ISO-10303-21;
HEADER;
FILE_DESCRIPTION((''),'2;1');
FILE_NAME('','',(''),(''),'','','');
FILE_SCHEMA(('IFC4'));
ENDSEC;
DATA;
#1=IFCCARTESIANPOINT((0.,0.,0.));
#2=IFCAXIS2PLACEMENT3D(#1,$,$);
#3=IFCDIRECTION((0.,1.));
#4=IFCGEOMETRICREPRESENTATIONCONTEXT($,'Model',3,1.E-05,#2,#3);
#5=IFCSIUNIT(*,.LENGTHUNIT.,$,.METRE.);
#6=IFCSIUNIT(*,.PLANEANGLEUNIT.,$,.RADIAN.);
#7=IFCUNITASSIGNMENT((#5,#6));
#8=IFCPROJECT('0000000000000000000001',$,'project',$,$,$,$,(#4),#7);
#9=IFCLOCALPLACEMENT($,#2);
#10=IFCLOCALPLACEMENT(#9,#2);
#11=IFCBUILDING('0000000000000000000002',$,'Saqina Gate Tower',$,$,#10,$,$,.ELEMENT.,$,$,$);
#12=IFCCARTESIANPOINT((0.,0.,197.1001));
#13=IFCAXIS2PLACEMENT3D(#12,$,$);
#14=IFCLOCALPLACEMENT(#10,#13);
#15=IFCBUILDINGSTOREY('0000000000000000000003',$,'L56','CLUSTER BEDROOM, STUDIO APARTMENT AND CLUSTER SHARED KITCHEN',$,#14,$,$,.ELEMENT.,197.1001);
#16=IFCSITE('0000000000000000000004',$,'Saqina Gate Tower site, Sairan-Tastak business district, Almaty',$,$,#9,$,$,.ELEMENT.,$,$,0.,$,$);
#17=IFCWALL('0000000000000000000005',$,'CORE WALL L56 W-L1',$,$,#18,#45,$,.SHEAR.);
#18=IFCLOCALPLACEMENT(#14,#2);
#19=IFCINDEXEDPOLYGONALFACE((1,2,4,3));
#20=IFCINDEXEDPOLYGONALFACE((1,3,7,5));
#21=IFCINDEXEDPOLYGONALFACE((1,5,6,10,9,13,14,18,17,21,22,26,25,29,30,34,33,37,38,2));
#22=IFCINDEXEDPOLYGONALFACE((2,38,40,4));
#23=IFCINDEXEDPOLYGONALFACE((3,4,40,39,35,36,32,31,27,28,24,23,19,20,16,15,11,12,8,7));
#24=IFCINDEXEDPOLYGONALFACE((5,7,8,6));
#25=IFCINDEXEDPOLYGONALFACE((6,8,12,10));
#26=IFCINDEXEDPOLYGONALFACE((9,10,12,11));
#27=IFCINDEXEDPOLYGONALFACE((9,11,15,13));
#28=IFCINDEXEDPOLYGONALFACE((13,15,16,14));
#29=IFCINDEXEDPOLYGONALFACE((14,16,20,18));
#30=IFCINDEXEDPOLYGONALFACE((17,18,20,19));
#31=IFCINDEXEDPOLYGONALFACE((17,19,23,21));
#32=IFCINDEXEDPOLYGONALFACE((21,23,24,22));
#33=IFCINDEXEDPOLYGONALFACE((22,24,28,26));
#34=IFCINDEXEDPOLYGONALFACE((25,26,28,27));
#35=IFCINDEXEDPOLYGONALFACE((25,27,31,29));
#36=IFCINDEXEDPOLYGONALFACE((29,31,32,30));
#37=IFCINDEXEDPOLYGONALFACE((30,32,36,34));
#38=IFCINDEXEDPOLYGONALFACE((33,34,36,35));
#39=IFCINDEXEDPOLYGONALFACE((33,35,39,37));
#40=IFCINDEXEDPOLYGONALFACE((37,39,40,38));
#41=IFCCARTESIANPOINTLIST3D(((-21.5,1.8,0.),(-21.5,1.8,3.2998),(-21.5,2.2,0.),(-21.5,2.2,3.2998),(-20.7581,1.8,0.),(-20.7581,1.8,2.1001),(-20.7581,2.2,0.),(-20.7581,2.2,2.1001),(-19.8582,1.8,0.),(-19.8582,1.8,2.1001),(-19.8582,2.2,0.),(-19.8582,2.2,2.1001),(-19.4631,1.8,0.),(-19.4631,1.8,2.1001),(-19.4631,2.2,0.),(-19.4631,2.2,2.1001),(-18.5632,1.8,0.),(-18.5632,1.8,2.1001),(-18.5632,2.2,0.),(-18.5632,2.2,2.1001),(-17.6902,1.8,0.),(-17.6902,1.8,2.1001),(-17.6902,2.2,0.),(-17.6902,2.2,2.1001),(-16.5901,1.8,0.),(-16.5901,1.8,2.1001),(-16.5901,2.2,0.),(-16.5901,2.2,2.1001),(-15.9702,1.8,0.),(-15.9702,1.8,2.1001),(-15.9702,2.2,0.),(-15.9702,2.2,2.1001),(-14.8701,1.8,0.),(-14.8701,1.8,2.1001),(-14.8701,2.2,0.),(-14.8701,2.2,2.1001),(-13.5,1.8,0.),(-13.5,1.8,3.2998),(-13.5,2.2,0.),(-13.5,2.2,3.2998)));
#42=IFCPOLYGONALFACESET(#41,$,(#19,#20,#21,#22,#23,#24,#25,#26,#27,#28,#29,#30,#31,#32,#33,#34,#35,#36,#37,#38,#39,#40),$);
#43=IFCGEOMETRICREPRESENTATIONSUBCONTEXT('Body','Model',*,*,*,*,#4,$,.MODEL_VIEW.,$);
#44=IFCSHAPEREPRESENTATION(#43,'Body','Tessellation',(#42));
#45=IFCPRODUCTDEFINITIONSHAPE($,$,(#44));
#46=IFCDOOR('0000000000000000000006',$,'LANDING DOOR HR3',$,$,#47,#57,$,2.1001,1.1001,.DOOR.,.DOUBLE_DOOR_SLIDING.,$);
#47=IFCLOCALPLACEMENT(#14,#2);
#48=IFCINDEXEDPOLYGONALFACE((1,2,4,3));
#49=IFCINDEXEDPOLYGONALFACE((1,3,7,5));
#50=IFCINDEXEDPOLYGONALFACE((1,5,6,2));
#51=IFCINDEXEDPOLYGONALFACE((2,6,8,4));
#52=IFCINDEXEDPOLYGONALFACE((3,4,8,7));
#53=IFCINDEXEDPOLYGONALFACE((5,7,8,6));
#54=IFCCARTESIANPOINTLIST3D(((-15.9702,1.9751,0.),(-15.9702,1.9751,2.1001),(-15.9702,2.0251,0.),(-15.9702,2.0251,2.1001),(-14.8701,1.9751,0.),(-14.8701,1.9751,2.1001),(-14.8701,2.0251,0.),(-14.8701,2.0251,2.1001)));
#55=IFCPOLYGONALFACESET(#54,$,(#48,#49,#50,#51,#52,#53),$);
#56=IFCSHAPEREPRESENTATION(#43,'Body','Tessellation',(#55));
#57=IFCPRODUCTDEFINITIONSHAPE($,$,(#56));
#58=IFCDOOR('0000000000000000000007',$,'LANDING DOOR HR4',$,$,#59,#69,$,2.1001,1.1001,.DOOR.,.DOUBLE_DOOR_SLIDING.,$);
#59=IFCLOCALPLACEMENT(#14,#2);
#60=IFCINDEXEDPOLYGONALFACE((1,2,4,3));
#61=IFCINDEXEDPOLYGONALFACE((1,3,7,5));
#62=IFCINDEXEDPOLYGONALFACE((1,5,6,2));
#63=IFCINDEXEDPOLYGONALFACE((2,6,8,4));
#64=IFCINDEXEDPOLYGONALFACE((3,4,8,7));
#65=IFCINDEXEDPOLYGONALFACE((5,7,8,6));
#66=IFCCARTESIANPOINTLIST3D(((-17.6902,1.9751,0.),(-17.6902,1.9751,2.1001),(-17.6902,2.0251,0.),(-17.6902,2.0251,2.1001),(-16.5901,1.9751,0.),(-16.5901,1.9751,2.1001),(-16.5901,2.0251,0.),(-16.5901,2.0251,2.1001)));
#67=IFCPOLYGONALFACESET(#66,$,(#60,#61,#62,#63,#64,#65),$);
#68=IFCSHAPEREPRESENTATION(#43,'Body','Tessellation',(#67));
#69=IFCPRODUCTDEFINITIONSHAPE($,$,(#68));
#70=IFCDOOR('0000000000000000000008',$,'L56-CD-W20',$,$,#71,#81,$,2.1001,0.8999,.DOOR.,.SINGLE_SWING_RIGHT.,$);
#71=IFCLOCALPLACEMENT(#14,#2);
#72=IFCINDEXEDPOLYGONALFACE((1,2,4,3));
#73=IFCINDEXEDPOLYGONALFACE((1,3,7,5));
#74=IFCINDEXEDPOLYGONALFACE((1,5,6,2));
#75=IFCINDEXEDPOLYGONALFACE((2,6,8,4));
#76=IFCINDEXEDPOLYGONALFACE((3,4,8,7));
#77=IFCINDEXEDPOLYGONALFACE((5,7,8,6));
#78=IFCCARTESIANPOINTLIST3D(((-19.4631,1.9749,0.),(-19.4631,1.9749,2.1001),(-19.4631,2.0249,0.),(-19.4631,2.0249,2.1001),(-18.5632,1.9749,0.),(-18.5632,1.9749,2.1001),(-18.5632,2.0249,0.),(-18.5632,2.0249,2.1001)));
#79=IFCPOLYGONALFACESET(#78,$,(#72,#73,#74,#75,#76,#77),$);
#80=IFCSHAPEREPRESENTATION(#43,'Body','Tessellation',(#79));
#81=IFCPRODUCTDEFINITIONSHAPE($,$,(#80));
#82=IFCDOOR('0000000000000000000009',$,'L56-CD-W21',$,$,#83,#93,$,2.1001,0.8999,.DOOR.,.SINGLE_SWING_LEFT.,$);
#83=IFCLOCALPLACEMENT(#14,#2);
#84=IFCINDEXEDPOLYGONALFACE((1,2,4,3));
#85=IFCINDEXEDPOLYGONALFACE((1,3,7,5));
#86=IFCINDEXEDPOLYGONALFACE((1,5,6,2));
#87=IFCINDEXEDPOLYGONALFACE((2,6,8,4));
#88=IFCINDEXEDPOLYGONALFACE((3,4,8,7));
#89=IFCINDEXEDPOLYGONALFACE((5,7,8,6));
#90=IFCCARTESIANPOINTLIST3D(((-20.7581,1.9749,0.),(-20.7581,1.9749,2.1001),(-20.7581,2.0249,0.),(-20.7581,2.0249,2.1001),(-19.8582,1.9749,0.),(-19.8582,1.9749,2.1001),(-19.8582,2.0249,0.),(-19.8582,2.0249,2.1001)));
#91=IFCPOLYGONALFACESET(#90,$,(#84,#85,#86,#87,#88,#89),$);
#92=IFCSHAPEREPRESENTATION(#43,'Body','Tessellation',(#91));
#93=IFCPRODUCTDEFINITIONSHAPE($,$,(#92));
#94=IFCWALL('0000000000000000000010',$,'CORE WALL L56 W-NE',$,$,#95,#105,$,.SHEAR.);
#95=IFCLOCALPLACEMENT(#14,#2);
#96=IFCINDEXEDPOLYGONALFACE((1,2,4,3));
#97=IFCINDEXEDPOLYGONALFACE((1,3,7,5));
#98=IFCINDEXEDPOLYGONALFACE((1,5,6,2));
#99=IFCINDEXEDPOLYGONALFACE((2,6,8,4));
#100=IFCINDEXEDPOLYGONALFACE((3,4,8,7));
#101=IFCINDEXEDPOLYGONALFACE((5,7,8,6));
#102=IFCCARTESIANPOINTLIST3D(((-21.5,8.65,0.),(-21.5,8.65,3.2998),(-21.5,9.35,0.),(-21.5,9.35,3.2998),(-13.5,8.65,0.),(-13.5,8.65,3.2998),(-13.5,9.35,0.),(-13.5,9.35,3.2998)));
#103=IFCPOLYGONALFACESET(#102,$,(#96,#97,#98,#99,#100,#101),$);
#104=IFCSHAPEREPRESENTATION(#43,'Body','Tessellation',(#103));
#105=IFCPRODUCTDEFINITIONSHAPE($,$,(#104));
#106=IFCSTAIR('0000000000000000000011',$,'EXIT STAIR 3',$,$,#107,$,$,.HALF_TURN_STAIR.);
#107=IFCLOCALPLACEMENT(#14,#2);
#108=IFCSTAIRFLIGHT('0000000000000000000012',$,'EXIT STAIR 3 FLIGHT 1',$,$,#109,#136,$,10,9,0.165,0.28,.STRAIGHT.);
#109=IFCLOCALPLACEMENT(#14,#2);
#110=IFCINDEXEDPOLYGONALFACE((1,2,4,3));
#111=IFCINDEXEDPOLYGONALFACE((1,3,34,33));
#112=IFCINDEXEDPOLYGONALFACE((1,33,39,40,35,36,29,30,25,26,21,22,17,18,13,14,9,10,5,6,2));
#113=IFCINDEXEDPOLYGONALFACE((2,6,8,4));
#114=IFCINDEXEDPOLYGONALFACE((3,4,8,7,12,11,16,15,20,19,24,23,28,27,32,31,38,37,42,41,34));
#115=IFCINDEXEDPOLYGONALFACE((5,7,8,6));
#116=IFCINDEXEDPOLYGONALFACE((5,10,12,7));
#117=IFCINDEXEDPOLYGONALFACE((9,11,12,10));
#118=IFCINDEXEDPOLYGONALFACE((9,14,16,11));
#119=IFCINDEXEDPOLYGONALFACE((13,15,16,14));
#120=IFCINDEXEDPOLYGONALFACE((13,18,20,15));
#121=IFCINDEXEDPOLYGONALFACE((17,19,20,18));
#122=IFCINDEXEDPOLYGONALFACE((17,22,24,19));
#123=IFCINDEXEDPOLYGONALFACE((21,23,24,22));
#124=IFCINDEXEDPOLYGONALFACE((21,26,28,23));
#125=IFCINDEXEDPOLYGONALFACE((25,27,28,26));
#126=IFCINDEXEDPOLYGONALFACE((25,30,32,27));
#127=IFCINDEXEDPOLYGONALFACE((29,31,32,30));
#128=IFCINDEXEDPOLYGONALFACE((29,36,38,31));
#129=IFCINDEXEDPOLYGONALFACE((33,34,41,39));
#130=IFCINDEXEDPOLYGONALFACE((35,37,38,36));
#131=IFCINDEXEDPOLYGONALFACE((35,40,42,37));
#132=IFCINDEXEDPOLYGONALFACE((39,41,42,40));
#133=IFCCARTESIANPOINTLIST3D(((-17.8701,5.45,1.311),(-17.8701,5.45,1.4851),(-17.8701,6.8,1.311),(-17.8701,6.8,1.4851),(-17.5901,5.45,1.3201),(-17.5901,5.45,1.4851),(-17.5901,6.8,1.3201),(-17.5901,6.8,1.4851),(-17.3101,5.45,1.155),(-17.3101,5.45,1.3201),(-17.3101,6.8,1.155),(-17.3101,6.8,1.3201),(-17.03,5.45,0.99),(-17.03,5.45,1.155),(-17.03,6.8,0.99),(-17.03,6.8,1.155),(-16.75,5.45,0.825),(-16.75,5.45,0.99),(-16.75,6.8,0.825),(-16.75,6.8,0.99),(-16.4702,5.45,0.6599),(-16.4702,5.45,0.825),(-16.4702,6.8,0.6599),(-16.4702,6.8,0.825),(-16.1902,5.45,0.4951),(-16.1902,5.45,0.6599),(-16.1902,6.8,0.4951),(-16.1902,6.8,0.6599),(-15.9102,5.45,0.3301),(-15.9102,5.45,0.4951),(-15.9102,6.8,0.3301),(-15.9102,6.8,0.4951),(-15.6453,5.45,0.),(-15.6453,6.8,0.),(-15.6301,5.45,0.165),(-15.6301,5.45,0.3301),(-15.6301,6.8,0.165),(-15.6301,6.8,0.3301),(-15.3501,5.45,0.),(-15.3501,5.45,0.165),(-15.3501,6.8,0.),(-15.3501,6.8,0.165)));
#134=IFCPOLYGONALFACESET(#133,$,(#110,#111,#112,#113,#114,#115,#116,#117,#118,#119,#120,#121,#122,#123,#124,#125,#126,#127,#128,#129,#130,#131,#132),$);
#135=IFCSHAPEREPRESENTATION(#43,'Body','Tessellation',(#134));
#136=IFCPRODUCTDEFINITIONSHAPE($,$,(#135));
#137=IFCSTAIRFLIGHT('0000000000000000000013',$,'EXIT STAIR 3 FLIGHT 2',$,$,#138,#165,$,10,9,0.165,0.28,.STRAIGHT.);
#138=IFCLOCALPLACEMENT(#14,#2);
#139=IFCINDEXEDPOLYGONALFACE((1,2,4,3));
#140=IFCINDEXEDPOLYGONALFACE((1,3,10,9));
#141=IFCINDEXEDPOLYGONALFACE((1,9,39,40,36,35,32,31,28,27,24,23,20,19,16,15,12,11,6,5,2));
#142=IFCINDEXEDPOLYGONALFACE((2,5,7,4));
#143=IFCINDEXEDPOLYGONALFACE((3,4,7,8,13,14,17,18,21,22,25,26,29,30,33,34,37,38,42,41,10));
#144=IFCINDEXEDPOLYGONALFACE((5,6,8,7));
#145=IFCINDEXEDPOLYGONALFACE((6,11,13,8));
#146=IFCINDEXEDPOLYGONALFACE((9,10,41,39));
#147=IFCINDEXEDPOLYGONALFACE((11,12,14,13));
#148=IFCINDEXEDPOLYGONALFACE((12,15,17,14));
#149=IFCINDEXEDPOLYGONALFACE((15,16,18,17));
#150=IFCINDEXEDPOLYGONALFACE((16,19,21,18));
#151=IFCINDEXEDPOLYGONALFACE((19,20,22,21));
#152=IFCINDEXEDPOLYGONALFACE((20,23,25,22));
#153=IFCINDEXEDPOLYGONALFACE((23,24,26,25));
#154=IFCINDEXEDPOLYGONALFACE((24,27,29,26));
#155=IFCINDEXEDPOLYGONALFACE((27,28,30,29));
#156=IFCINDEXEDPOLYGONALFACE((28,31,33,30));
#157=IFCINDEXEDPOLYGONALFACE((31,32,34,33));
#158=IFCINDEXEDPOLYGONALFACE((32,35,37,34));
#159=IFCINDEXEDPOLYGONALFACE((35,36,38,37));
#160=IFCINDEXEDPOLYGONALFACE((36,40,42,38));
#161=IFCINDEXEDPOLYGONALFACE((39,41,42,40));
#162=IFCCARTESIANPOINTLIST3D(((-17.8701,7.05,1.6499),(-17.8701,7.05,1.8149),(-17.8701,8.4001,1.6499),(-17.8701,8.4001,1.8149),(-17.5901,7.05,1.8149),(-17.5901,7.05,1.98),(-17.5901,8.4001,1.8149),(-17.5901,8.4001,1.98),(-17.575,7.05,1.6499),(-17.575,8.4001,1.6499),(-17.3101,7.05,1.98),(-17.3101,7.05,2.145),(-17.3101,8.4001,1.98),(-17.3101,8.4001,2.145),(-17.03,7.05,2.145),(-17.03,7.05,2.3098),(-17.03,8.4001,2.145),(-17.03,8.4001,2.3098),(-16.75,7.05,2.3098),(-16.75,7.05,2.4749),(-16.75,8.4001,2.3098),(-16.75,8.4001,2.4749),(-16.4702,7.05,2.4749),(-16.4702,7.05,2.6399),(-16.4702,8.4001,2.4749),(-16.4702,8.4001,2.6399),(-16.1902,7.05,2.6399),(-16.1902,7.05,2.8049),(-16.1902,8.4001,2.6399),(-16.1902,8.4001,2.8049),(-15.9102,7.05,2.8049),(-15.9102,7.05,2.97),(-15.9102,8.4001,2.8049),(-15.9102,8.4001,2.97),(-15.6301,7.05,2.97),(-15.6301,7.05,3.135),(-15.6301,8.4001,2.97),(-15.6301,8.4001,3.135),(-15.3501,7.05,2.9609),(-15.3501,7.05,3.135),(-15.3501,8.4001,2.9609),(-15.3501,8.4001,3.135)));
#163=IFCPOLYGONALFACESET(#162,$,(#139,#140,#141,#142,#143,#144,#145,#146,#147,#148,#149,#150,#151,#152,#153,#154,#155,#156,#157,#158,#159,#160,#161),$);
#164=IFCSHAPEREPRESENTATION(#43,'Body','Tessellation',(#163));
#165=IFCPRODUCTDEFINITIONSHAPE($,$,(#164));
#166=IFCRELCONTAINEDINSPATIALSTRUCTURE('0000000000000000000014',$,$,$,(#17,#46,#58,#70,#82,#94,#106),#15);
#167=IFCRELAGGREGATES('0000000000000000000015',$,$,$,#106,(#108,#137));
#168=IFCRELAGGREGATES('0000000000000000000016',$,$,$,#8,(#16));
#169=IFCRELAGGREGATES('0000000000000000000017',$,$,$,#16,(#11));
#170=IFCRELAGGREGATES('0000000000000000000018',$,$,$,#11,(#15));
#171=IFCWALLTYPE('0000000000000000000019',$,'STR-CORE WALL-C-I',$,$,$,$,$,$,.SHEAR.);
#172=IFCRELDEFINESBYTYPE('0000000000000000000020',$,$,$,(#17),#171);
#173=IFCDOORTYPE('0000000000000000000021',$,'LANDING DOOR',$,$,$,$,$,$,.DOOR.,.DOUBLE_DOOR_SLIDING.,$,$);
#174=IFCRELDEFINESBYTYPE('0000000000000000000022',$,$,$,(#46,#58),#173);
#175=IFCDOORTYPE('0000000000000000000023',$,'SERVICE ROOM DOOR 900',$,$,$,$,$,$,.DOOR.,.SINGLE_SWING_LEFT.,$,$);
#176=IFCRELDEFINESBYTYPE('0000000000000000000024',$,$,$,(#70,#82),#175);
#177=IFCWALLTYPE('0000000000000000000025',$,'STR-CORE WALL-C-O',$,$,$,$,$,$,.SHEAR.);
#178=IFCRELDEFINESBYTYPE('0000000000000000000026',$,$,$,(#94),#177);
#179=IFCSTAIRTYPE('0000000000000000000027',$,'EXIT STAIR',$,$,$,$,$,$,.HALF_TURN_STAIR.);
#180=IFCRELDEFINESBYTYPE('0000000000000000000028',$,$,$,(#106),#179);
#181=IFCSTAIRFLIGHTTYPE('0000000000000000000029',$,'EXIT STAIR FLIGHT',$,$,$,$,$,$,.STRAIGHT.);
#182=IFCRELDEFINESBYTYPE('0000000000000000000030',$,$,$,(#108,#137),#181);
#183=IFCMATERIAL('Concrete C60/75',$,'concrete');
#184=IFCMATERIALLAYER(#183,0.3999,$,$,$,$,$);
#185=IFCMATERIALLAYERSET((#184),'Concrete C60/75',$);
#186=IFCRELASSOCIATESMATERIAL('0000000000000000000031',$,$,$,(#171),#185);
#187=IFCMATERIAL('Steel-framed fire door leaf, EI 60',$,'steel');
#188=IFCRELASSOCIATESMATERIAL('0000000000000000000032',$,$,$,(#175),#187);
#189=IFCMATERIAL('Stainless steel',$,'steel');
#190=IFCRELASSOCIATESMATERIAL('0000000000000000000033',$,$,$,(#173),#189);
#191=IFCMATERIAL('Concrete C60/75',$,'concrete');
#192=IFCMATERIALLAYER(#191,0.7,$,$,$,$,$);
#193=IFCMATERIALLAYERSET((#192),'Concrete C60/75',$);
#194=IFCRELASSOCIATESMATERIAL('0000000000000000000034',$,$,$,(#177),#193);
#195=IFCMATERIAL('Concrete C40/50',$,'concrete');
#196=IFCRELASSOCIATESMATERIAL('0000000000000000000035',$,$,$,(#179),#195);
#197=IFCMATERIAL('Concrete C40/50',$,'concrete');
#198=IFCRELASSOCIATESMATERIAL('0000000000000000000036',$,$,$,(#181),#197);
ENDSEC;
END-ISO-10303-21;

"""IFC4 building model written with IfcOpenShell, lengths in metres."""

from ifc_helpers import new_model, si_unit, direction, frame, frame_2d, origin, place, context, subcontext, project, spatial, polyline, rectangle, outline, extrude, material, layer, layer_set, type_object, element, fill, aggregate, save


model = new_model("IFC4")

# Units and contexts
model_context = context("Model", 3, precision=1e-05, world=origin(), true_north=direction((0.0, 1.0)))
body_context = subcontext(model_context, "Body", "Model", "MODEL_VIEW")
ifc_project = project(units=[si_unit("LENGTHUNIT", "METRE"), si_unit("PLANEANGLEUNIT", "RADIAN")], contexts=[model_context])

# Site, building, storey
site_placement = place(None, origin())
site = spatial("IfcSite", under=ifc_project, at=site_placement, Name="Saqina Gate Tower site, Sairan-Tastak business district, Almaty", CompositionType="ELEMENT", RefElevation=0.0)
building_placement = place(site_placement, origin())
building = spatial("IfcBuilding", under=site, at=building_placement, Name="Saqina Gate Tower", CompositionType="ELEMENT")
storey_placement = place(building_placement, frame((0.0, 0.0, 197.1001)))
storey = spatial("IfcBuildingStorey", under=building, at=storey_placement, Name="L56", Description="CLUSTER BEDROOM, STUDIO APARTMENT AND CLUSTER SHARED KITCHEN", CompositionType="ELEMENT", Elevation=197.1001)

# Shared definitions
ifc_material_1 = material(Name="Concrete C60/75", Category="concrete")
ifc_layer_1 = layer(ifc_material_1, 0.3999)
ifc_layer_set_1 = layer_set([ifc_layer_1], Name="Concrete C60/75")
wall_type_1 = type_object("IfcWallType", Name="STR-CORE WALL-C-I", PredefinedType="SHEAR", material=ifc_layer_set_1)
ifc_material_2 = material(Name="Steel-framed fire door leaf, EI 60", Category="steel")
door_type_1 = type_object("IfcDoorType", Name="SERVICE ROOM DOOR 900", OperationType="SINGLE_SWING_LEFT", PredefinedType="DOOR", material=ifc_material_2)

# Wall, openings, doors
wall_1_placement = place(storey_placement, frame((-13.5, 2.0, 0.0), z_axis=(0.0, 0.0, 1.0), x_axis=(-1.0, 0.0, 0.0)))
wall_1 = element("IfcWall", 1, at=wall_1_placement, inside=storey, type_object=wall_type_1, Name="CORE WALL L56 W-L1", PredefinedType="SHEAR", context=body_context, shape_type="SweptSolid", body=[
    extrude(rectangle(XDim=8.0, YDim=0.3999, at=frame_2d((4.0, 0.0))), origin(), (0.0, 0.0, 1.0), 3.2998),
])
opening_1_placement = place(wall_1_placement, frame((1.3701, 0.0, 0.0)))
opening_1 = element("IfcOpeningElement", 2, at=opening_1_placement, cuts=wall_1, PredefinedType="OPENING", context=body_context, shape_type="SweptSolid", body=[
    extrude(rectangle(XDim=1.1001, YDim=2.1001, at=frame_2d((0.55, 1.05))), frame((0.0, 0.2119, 0.0), z_axis=(0.0, -1.0, 0.0), x_axis=(1.0, 0.0, 0.0)), (0.0, 0.0, 1.0), 0.4238),
])
opening_2_placement = place(wall_1_placement, frame((3.0901, 0.0, 0.0)))
opening_2 = element("IfcOpeningElement", 3, at=opening_2_placement, cuts=wall_1, PredefinedType="OPENING", context=body_context, shape_type="SweptSolid", body=[
    extrude(rectangle(XDim=1.1001, YDim=2.1001, at=frame_2d((0.55, 1.05))), frame((0.0, 0.2119, 0.0), z_axis=(0.0, -1.0, 0.0), x_axis=(1.0, 0.0, 0.0)), (0.0, 0.0, 1.0), 0.4238),
])
opening_3_placement = place(wall_1_placement, frame((5.0632, 0.0, 0.0)))
opening_3 = element("IfcOpeningElement", 4, at=opening_3_placement, cuts=wall_1, PredefinedType="OPENING", context=body_context, shape_type="SweptSolid", body=[
    extrude(rectangle(XDim=0.8999, YDim=2.1001, at=frame_2d((0.45, 1.05))), frame((0.0, 0.2119, 0.0), z_axis=(0.0, -1.0, 0.0), x_axis=(1.0, 0.0, 0.0)), (0.0, 0.0, 1.0), 0.4238),
])
opening_4_placement = place(wall_1_placement, frame((6.3582, 0.0, 0.0)))
opening_4 = element("IfcOpeningElement", 5, at=opening_4_placement, cuts=wall_1, PredefinedType="OPENING", context=body_context, shape_type="SweptSolid", body=[
    extrude(rectangle(XDim=0.8999, YDim=2.1001, at=frame_2d((0.45, 1.05))), frame((0.0, 0.2119, 0.0), z_axis=(0.0, -1.0, 0.0), x_axis=(1.0, 0.0, 0.0)), (0.0, 0.0, 1.0), 0.4238),
])
ifc_material_3 = material(Name="Stainless steel", Category="steel")
door_type_2 = type_object("IfcDoorType", Name="LANDING DOOR", OperationType="DOUBLE_DOOR_SLIDING", PredefinedType="DOOR", material=ifc_material_3)
door_1_placement = place(opening_1_placement, origin())
door_1 = element("IfcDoor", 6, at=door_1_placement, inside=storey, type_object=door_type_2, Name="LANDING DOOR HR3", OperationType="DOUBLE_DOOR_SLIDING", OverallHeight=2.1001, OverallWidth=1.1001, PredefinedType="DOOR", context=body_context, shape_type="SweptSolid", body=[
    extrude(rectangle(XDim=1.1001, YDim=2.1001, at=frame_2d((0.55, 1.05))), frame((0.0, 0.0249, 0.0), z_axis=(0.0, -1.0, 0.0), x_axis=(1.0, 0.0, 0.0)), (0.0, 0.0, 1.0), 0.05),
])
fill(opening_1, door_1)
door_2_placement = place(opening_2_placement, origin())
door_2 = element("IfcDoor", 7, at=door_2_placement, inside=storey, type_object=door_type_2, Name="LANDING DOOR HR4", OperationType="DOUBLE_DOOR_SLIDING", OverallHeight=2.1001, OverallWidth=1.1001, PredefinedType="DOOR", context=body_context, shape_type="SweptSolid", body=[
    extrude(rectangle(XDim=1.1001, YDim=2.1001, at=frame_2d((0.55, 1.05))), frame((0.0, 0.0249, 0.0), z_axis=(0.0, -1.0, 0.0), x_axis=(1.0, 0.0, 0.0)), (0.0, 0.0, 1.0), 0.05),
])
fill(opening_2, door_2)
door_3_placement = place(opening_3_placement, frame((0.8999, 0.0, 0.0), z_axis=(0.0, 0.0, 1.0), x_axis=(-1.0, 0.0, 0.0)))
door_3 = element("IfcDoor", 8, at=door_3_placement, inside=storey, type_object=door_type_1, Name="L56-CD-W20", OperationType="SINGLE_SWING_RIGHT", OverallHeight=2.1001, OverallWidth=0.8999, PredefinedType="DOOR", context=body_context, shape_type="SweptSolid", body=[
    extrude(rectangle(XDim=0.8999, YDim=2.1001, at=frame_2d((0.45, 1.05))), frame((0.0, 0.0249, 0.0), z_axis=(0.0, -1.0, 0.0), x_axis=(1.0, 0.0, 0.0)), (0.0, 0.0, 1.0), 0.05),
])
fill(opening_3, door_3)
door_4_placement = place(opening_4_placement, frame((0.8999, 0.0, 0.0), z_axis=(0.0, 0.0, 1.0), x_axis=(-1.0, 0.0, 0.0)))
door_4 = element("IfcDoor", 9, at=door_4_placement, inside=storey, type_object=door_type_1, Name="L56-CD-W21", OperationType="SINGLE_SWING_LEFT", OverallHeight=2.1001, OverallWidth=0.8999, PredefinedType="DOOR", context=body_context, shape_type="SweptSolid", body=[
    extrude(rectangle(XDim=0.8999, YDim=2.1001, at=frame_2d((0.45, 1.05))), frame((0.0, 0.0249, 0.0), z_axis=(0.0, -1.0, 0.0), x_axis=(1.0, 0.0, 0.0)), (0.0, 0.0, 1.0), 0.05),
])
fill(opening_4, door_4)

# Wall
ifc_material_4 = material(Name="Concrete C60/75", Category="concrete")
ifc_layer_2 = layer(ifc_material_4, 0.7)
ifc_layer_set_2 = layer_set([ifc_layer_2], Name="Concrete C60/75")
wall_type_2 = type_object("IfcWallType", Name="STR-CORE WALL-C-O", PredefinedType="SHEAR", material=ifc_layer_set_2)
wall_2_placement = place(storey_placement, frame((-13.5, 9.0, 0.0), z_axis=(0.0, 0.0, 1.0), x_axis=(-1.0, 0.0, 0.0)))
element("IfcWall", 10, at=wall_2_placement, inside=storey, type_object=wall_type_2, Name="CORE WALL L56 W-NE", PredefinedType="SHEAR", context=body_context, shape_type="SweptSolid", body=[
    extrude(rectangle(XDim=8.0, YDim=0.7, at=frame_2d((4.0, 0.0))), origin(), (0.0, 0.0, 1.0), 3.2998),
])

# Stair, stair flights
ifc_material_5 = material(Name="Concrete C40/50", Category="concrete")
stair_type = type_object("IfcStairType", Name="EXIT STAIR", PredefinedType="HALF_TURN_STAIR", material=ifc_material_5)
stair_placement = place(storey_placement, origin())
stair = element("IfcStair", 11, at=stair_placement, inside=storey, type_object=stair_type, Name="EXIT STAIR 3", PredefinedType="HALF_TURN_STAIR")
ifc_material_6 = material(Name="Concrete C40/50", Category="concrete")
stair_flight_type = type_object("IfcStairFlightType", Name="EXIT STAIR FLIGHT", PredefinedType="STRAIGHT", material=ifc_material_6)
stair_flight_1_placement = place(storey_placement, frame((-15.3501, 6.125, 0.0), z_axis=(0.0, 0.0, 1.0), x_axis=(-1.0, 0.0, 0.0)))
stair_flight_1 = element("IfcStairFlight", 12, at=stair_flight_1_placement, type_object=stair_flight_type, Name="EXIT STAIR 3 FLIGHT 1", NumberOfRisers=10, NumberOfTreads=9, PredefinedType="STRAIGHT", RiserHeight=0.165, TreadLength=0.28, context=body_context, shape_type="SweptSolid", body=[
    extrude(outline(polyline([(0.0, 0.0), (0.0, 0.165), (0.28, 0.165), (0.28, 0.3301), (0.5601, 0.3301), (0.5601, 0.4951), (0.8401, 0.4951), (0.8401, 0.6599), (1.1201, 0.6599), (1.1201, 0.825), (1.3999, 0.825), (1.3999, 0.99), (1.6799, 0.99), (1.6799, 1.155), (1.96, 1.155), (1.96, 1.3201), (2.24, 1.3201), (2.24, 1.4851), (2.52, 1.4851), (2.52, 1.6499), (2.52, 1.311), (0.2952, 0.0), (0.0, 0.0)])), frame((0.0, 0.675, 0.0), z_axis=(0.0, -1.0, 0.0), x_axis=(1.0, 0.0, 0.0)), (0.0, 0.0, 1.0), 1.3501),
])
stair_flight_2_placement = place(storey_placement, frame((-17.8701, 7.7251, 1.6499), z_axis=(0.0, 0.0, 1.0), x_axis=(1.0, 0.0, 0.0)))
stair_flight_2 = element("IfcStairFlight", 13, at=stair_flight_2_placement, type_object=stair_flight_type, Name="EXIT STAIR 3 FLIGHT 2", NumberOfRisers=10, NumberOfTreads=9, PredefinedType="STRAIGHT", RiserHeight=0.165, TreadLength=0.28, context=body_context, shape_type="SweptSolid", body=[
    extrude(outline(polyline([(0.0, 0.0), (0.0, 0.165), (0.28, 0.165), (0.28, 0.3301), (0.5601, 0.3301), (0.5601, 0.4951), (0.8401, 0.4951), (0.8401, 0.6599), (1.1201, 0.6599), (1.1201, 0.825), (1.3999, 0.825), (1.3999, 0.99), (1.6799, 0.99), (1.6799, 1.155), (1.96, 1.155), (1.96, 1.3201), (2.24, 1.3201), (2.24, 1.4851), (2.52, 1.4851), (2.52, 1.6499), (2.52, 1.311), (0.2952, 0.0), (0.0, 0.0)])), frame((0.0, 0.675, 0.0), z_axis=(0.0, -1.0, 0.0), x_axis=(1.0, 0.0, 0.0)), (0.0, 0.0, 1.0), 1.3501),
])
aggregate(stair, [stair_flight_1, stair_flight_2])

save(model, "model.ifc")
